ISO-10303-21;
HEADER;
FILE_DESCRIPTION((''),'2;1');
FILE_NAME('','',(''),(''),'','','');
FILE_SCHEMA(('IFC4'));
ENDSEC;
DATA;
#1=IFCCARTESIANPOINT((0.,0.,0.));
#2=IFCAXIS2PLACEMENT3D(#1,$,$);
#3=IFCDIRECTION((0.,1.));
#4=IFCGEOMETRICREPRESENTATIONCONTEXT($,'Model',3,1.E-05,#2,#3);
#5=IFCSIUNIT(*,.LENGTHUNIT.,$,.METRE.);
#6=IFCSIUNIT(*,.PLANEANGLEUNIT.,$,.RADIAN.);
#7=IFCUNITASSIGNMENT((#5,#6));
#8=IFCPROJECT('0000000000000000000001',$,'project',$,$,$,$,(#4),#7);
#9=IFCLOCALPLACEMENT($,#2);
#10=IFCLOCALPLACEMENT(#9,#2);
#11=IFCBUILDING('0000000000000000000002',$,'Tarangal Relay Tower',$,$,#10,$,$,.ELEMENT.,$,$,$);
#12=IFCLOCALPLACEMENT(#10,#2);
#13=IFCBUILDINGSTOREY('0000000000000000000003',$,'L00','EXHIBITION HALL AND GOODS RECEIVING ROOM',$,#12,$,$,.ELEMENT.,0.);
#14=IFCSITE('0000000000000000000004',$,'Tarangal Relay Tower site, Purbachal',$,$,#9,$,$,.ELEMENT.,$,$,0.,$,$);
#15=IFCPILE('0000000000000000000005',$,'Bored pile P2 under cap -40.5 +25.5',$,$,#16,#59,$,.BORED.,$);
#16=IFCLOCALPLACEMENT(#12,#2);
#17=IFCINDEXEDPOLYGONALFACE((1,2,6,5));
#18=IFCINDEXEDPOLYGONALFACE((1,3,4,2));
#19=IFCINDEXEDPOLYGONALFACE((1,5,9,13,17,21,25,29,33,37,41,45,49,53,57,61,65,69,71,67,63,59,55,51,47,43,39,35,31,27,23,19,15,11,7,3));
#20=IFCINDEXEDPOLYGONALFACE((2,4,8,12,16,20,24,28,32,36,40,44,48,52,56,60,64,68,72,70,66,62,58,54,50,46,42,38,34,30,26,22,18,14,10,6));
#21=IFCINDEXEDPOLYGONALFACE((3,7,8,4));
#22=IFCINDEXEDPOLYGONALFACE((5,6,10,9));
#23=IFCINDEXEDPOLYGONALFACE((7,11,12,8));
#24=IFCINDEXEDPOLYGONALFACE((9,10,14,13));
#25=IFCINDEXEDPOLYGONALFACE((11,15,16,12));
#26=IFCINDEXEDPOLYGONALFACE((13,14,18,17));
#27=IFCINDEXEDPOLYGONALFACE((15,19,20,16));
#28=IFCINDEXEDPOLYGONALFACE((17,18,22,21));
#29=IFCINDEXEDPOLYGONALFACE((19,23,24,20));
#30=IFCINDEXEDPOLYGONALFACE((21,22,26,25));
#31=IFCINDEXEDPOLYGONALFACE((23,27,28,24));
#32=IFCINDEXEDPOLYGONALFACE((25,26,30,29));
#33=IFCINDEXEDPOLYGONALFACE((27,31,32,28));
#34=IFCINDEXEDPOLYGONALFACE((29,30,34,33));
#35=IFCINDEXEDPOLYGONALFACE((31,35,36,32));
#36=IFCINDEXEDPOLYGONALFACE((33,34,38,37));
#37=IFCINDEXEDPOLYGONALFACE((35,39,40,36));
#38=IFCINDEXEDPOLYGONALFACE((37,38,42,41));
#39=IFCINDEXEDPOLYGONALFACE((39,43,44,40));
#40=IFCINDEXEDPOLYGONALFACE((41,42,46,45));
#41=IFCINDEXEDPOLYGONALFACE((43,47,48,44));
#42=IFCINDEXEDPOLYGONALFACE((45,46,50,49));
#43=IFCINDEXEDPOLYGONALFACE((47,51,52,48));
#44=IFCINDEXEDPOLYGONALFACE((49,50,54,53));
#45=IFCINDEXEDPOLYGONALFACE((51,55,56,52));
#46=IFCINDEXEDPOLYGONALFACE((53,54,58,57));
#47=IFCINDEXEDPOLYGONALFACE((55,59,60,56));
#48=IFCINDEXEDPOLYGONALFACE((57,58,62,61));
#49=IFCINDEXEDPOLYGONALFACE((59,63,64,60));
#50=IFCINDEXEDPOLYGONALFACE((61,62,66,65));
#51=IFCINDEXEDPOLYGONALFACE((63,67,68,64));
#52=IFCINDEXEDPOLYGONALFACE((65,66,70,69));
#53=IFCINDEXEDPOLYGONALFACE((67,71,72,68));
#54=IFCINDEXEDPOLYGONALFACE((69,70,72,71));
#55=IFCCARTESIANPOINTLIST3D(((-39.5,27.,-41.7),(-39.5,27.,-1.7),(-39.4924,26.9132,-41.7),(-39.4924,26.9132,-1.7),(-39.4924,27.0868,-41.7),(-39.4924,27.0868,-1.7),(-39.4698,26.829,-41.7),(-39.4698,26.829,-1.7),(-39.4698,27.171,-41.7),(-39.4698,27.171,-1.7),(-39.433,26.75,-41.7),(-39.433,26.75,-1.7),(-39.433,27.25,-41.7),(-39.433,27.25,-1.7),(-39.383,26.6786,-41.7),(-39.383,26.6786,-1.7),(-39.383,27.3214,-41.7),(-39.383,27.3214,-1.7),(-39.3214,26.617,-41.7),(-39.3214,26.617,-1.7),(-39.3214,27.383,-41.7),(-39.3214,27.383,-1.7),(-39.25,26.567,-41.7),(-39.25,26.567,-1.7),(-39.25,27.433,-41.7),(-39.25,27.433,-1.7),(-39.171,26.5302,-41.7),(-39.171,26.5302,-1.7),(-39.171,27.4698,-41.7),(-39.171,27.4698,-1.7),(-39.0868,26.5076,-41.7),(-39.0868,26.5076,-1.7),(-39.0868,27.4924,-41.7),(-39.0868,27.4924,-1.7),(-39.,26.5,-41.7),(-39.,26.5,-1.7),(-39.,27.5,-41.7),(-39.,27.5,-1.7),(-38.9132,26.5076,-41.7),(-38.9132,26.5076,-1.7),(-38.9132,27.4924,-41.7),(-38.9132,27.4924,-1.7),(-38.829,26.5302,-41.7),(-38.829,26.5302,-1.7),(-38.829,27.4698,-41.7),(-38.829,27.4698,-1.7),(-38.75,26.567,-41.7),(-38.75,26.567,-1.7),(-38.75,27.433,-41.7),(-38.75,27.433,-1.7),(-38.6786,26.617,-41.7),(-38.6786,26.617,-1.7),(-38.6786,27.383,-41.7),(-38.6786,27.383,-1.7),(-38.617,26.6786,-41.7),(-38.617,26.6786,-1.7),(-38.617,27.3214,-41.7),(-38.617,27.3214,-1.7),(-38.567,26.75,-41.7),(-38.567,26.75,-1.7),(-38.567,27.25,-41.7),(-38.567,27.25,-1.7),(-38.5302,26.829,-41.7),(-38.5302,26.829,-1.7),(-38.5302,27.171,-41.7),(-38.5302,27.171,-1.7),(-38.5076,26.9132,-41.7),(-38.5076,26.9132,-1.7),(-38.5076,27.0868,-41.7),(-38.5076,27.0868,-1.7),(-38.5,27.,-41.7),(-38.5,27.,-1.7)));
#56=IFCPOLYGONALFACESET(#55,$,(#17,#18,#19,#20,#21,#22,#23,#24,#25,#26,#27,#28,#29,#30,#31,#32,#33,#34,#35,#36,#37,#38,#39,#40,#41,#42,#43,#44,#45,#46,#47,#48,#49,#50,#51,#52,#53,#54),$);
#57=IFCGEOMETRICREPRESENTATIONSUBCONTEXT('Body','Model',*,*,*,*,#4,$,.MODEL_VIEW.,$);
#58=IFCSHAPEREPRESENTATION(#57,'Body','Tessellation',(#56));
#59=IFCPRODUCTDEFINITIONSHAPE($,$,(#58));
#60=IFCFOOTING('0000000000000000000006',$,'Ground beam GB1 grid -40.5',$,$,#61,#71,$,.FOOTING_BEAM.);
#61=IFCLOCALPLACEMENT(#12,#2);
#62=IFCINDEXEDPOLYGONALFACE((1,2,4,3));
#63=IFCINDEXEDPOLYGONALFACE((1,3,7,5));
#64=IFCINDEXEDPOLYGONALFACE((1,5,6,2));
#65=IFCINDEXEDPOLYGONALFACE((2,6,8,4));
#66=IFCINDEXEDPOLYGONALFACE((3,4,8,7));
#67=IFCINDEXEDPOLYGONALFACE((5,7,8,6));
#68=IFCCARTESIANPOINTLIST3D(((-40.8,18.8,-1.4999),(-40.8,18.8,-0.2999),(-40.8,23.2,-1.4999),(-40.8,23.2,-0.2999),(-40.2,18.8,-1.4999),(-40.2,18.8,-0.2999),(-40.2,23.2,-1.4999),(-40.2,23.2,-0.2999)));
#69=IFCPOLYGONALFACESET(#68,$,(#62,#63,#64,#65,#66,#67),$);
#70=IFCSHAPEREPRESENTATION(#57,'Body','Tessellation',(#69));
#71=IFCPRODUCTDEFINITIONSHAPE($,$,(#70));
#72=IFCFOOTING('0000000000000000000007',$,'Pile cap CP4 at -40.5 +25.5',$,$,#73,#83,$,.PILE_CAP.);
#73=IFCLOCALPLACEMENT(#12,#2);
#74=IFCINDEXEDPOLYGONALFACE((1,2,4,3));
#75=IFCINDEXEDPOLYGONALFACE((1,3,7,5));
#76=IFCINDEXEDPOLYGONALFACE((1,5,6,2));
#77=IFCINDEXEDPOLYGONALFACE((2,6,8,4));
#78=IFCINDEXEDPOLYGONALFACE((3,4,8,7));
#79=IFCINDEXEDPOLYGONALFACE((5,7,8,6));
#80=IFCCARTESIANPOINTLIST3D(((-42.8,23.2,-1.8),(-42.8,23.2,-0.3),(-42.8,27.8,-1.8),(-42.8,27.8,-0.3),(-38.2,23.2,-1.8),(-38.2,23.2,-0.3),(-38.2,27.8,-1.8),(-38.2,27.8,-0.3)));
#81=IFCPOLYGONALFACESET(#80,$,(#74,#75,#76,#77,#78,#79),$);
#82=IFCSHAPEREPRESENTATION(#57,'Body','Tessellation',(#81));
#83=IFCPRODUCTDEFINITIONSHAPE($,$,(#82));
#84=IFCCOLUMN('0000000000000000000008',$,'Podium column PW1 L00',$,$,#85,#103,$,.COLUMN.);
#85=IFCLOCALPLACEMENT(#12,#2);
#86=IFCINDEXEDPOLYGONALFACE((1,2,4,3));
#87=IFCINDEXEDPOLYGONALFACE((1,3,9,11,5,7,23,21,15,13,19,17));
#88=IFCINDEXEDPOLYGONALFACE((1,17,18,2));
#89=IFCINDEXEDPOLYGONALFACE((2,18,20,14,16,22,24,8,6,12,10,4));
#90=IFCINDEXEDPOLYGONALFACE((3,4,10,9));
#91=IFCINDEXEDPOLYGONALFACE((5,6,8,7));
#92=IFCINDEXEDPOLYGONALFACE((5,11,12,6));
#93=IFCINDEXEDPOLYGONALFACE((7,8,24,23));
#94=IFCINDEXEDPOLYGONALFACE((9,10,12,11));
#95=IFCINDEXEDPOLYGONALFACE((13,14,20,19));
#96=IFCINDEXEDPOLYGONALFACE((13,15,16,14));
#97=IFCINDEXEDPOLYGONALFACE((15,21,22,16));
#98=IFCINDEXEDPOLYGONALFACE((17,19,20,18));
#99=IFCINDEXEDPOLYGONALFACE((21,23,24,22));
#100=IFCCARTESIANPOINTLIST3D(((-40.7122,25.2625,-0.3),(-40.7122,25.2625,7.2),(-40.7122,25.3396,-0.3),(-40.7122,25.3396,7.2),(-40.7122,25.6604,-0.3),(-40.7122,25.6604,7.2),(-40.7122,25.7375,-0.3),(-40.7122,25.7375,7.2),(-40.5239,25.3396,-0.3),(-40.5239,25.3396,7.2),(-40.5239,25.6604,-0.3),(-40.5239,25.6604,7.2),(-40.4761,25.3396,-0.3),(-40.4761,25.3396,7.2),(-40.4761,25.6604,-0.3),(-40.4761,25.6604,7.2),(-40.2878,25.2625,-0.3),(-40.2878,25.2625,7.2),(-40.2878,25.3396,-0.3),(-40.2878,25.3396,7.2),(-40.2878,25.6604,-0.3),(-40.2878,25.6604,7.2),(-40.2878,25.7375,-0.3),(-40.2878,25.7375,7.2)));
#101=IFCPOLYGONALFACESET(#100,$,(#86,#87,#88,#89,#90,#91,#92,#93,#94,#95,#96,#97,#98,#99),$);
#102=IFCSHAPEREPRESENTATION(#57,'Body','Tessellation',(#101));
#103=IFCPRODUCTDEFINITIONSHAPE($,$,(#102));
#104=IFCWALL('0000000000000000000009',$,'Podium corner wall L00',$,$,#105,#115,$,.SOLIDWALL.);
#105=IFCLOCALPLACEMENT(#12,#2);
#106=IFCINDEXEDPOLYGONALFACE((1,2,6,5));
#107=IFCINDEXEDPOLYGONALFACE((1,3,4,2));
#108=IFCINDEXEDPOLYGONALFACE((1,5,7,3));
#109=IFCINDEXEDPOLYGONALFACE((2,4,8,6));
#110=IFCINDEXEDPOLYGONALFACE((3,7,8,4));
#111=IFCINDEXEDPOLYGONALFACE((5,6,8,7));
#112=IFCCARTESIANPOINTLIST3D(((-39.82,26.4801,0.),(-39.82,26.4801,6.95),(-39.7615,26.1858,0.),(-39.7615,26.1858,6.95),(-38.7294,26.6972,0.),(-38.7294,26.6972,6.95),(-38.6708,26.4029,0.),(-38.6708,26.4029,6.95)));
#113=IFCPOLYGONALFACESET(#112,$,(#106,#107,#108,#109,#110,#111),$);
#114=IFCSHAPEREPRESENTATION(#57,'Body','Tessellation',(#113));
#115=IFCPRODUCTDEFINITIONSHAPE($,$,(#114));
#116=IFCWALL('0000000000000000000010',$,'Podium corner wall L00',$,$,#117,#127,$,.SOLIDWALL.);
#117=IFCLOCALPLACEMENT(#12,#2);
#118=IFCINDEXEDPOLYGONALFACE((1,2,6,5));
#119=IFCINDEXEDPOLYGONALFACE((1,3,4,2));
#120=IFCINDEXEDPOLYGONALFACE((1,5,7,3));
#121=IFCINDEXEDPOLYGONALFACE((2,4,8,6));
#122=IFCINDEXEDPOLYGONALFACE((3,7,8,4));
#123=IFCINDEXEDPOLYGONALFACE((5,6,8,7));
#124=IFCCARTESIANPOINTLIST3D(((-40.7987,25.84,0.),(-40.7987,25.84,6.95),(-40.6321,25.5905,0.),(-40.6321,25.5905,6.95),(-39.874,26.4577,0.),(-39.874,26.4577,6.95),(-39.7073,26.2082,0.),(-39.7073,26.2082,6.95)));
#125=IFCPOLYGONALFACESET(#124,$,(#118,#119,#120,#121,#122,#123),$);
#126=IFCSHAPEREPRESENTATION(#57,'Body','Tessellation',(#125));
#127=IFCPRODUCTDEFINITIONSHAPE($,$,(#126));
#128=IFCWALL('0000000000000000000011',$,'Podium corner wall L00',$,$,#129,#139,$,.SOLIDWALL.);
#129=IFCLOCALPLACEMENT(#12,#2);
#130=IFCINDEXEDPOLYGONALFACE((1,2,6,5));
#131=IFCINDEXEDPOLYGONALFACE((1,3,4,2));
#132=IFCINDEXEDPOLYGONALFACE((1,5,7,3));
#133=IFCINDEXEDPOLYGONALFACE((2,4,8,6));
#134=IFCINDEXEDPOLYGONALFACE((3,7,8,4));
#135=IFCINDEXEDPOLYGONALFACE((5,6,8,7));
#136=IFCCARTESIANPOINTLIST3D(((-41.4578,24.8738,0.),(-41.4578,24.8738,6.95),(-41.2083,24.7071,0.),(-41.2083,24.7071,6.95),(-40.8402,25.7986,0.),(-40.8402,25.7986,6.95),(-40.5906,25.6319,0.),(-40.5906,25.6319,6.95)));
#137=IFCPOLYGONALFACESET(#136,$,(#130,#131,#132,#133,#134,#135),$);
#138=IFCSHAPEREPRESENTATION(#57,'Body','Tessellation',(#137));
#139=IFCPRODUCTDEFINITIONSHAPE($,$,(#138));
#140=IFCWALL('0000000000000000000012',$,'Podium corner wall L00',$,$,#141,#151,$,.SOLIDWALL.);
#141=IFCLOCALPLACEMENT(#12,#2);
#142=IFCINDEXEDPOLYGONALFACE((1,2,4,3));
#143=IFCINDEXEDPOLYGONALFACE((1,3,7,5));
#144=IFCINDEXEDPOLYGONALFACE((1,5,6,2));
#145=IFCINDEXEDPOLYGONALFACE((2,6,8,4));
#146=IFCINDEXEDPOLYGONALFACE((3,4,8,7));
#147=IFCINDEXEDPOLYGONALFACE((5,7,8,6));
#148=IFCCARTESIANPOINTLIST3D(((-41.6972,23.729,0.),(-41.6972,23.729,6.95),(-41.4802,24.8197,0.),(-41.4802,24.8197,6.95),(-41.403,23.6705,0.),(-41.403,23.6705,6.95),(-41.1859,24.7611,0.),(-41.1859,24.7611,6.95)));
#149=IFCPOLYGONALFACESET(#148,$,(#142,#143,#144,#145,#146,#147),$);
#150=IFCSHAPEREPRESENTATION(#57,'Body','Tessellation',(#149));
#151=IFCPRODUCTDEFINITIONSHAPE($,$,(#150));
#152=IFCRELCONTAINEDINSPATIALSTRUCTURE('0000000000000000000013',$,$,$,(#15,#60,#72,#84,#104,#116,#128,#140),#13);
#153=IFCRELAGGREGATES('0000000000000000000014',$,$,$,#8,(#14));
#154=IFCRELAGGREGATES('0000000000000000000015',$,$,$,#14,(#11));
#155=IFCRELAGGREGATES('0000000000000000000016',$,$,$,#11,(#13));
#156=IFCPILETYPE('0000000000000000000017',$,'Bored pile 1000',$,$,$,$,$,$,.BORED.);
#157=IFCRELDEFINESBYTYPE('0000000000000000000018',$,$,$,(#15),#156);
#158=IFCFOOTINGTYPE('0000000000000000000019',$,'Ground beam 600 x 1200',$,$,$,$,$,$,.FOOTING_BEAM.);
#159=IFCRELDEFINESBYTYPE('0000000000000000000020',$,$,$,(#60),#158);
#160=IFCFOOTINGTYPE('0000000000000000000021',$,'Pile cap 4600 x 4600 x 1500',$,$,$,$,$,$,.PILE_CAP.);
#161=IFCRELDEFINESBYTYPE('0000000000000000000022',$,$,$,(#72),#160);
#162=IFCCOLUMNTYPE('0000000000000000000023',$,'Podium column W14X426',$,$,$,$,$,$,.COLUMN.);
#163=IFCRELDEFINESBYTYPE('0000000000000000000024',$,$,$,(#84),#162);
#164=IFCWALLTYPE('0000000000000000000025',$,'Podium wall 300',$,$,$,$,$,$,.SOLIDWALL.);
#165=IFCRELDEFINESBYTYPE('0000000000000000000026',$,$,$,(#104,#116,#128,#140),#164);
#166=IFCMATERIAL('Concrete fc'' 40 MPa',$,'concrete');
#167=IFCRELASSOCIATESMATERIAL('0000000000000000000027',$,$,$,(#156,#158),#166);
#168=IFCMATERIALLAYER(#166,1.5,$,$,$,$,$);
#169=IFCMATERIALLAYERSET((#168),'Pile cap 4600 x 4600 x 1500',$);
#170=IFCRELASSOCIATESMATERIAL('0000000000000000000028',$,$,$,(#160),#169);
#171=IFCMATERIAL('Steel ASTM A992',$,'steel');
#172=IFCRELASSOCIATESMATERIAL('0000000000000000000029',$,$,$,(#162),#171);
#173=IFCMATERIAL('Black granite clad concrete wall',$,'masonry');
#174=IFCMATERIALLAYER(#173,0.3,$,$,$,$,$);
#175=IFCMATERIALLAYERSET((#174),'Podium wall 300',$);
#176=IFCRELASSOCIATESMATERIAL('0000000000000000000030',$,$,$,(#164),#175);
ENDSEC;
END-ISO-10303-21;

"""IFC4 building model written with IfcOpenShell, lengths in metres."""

from ifc_helpers import new_model, si_unit, direction, frame, frame_2d, origin, origin_2d, place, context, subcontext, project, spatial, rectangle, circle, i_section, extrude, material, layer, layer_set, material_profile, profile_set, type_object, element, save


model = new_model("IFC4")

# Units and contexts
model_context = context("Model", 3, precision=1e-05, world=origin(), true_north=direction((0.0, 1.0)))
body_context = subcontext(model_context, "Body", "Model", "MODEL_VIEW")
ifc_project = project(units=[si_unit("LENGTHUNIT", "METRE"), si_unit("PLANEANGLEUNIT", "RADIAN")], contexts=[model_context])

# Site, building, storey
site_placement = place(None, origin())
site = spatial("IfcSite", under=ifc_project, at=site_placement, Name="Tarangal Relay Tower site, Purbachal", CompositionType="ELEMENT", RefElevation=0.0)
building_placement = place(site_placement, origin())
building = spatial("IfcBuilding", under=site, at=building_placement, Name="Tarangal Relay Tower", CompositionType="ELEMENT")
storey_placement = place(building_placement, origin())
storey = spatial("IfcBuildingStorey", under=building, at=storey_placement, Name="L00", Description="EXHIBITION HALL AND GOODS RECEIVING ROOM", CompositionType="ELEMENT", Elevation=0.0)

# Pile
ifc_material_1 = material(Name="Concrete fc' 40 MPa", Category="concrete")
ifc_material_profile_1 = material_profile(ifc_material_1, circle(Radius=0.5, at=origin_2d()), Name="D1000")
ifc_profile_set_1 = profile_set([ifc_material_profile_1], Name="Concrete fc' 40 MPa")
pile_type = type_object("IfcPileType", Name="Bored pile 1000", PredefinedType="BORED", material=ifc_profile_set_1)
for number, where, z_axis, x_axis, name in (
    (1, (-39.0, 27.0, -1.7), (0.0, 0.0, -1.0), (1.0, 0.0, 0.0), "Bored pile P2 under cap -40.5 +25.5"),
):
    element("IfcPile", number, at=place(storey_placement, frame(where, z_axis=z_axis, x_axis=x_axis)), inside=storey, type_object=pile_type, Name=name, PredefinedType="BORED", context=body_context, shape_type="SweptSolid", body=[
        extrude(circle(Radius=0.5, at=origin_2d()), origin(), (0.0, 0.0, 1.0), 40.0),
    ])

# Footings
ifc_material_profile_2 = material_profile(ifc_material_1, rectangle(XDim=0.6001, YDim=1.2, at=origin_2d()), Name="GB 600X1200")
ifc_profile_set_2 = profile_set([ifc_material_profile_2], Name="Concrete fc' 40 MPa")
footing_type_1 = type_object("IfcFootingType", Name="Ground beam 600 x 1200", PredefinedType="FOOTING_BEAM", material=ifc_profile_set_2)
footing_1_placement = place(storey_placement, frame((-40.5, 18.8, -0.8999), z_axis=(0.0, 1.0, 0.0), x_axis=(-1.0, 0.0, 0.0)))
element("IfcFooting", 2, at=footing_1_placement, inside=storey, type_object=footing_type_1, Name="Ground beam GB1 grid -40.5", PredefinedType="FOOTING_BEAM", context=body_context, shape_type="SweptSolid", body=[
    extrude(rectangle(XDim=0.6001, YDim=1.2, at=origin_2d()), origin(), (0.0, 0.0, 1.0), 4.3999),
])
ifc_layer_1 = layer(ifc_material_1, 1.5)
ifc_layer_set_1 = layer_set([ifc_layer_1], Name="Pile cap 4600 x 4600 x 1500")
footing_type_2 = type_object("IfcFootingType", Name="Pile cap 4600 x 4600 x 1500", PredefinedType="PILE_CAP", material=ifc_layer_set_1)
footing_2_placement = place(storey_placement, frame((-40.5, 25.5, -1.8), z_axis=(0.0, 0.0, 1.0), x_axis=(1.0, 0.0, 0.0)))
element("IfcFooting", 3, at=footing_2_placement, inside=storey, type_object=footing_type_2, Name="Pile cap CP4 at -40.5 +25.5", PredefinedType="PILE_CAP", context=body_context, shape_type="SweptSolid", body=[
    extrude(rectangle(XDim=4.6001, YDim=4.6001, at=origin_2d()), origin(), (0.0, 0.0, 1.0), 1.5),
])

# Column
ifc_material_2 = material(Name="Steel ASTM A992", Category="steel")
ifc_material_profile_3 = material_profile(ifc_material_2, i_section(OverallWidth=0.4243, OverallDepth=0.4751, WebThickness=0.0479, FlangeThickness=0.0771, at=origin_2d()), Name="W14X426")
ifc_profile_set_3 = profile_set([ifc_material_profile_3], Name="Steel ASTM A992")
column_type = type_object("IfcColumnType", Name="Podium column W14X426", PredefinedType="COLUMN", material=ifc_profile_set_3)
column_placement = place(storey_placement, frame((-40.5, 25.5, -0.3), z_axis=(0.0, 0.0, 1.0), x_axis=(1.0, 0.0, 0.0)))
element("IfcColumn", 4, at=column_placement, inside=storey, type_object=column_type, Name="Podium column PW1 L00", PredefinedType="COLUMN", context=body_context, shape_type="SweptSolid", body=[
    extrude(i_section(OverallWidth=0.4243, OverallDepth=0.4751, WebThickness=0.0479, FlangeThickness=0.0771, at=origin_2d()), origin(), (0.0, 0.0, 1.0), 7.5),
])

# Walls
ifc_material_3 = material(Name="Black granite clad concrete wall", Category="masonry")
ifc_layer_2 = layer(ifc_material_3, 0.3)
ifc_layer_set_2 = layer_set([ifc_layer_2], Name="Podium wall 300")
wall_type_1 = type_object("IfcWallType", Name="Podium wall 300", PredefinedType="SOLIDWALL", material=ifc_layer_set_2)
for number, where, z_axis, x_axis, name in (
    (5, (-38.7, 26.55, 0.0), (0.0, 0.0, 1.0), (-0.980766, -0.195187, 0.0), "Podium corner wall L00"),
    (6, (-39.7905, 26.333, 0.0), (0.0, 0.0, 1.0), (-0.831577, -0.555409, 0.0), "Podium corner wall L00"),
    (7, (-40.7153, 25.7153, 0.0), (0.0, 0.0, 1.0), (-0.555409, -0.831577, 0.0), "Podium corner wall L00"),
    (8, (-41.333, 24.7905, 0.0), (0.0, 0.0, 1.0), (-0.195187, -0.980766, 0.0), "Podium corner wall L00"),
):
    element("IfcWall", number, at=place(storey_placement, frame(where, z_axis=z_axis, x_axis=x_axis)), inside=storey, type_object=wall_type_1, Name=name, PredefinedType="SOLIDWALL", context=body_context, shape_type="SweptSolid", body=[
        extrude(rectangle(XDim=1.1121, YDim=0.3, at=frame_2d((0.5562, 0.0))), origin(), (0.0, 0.0, 1.0), 6.95),
    ])

save(model, "model.ifc")
